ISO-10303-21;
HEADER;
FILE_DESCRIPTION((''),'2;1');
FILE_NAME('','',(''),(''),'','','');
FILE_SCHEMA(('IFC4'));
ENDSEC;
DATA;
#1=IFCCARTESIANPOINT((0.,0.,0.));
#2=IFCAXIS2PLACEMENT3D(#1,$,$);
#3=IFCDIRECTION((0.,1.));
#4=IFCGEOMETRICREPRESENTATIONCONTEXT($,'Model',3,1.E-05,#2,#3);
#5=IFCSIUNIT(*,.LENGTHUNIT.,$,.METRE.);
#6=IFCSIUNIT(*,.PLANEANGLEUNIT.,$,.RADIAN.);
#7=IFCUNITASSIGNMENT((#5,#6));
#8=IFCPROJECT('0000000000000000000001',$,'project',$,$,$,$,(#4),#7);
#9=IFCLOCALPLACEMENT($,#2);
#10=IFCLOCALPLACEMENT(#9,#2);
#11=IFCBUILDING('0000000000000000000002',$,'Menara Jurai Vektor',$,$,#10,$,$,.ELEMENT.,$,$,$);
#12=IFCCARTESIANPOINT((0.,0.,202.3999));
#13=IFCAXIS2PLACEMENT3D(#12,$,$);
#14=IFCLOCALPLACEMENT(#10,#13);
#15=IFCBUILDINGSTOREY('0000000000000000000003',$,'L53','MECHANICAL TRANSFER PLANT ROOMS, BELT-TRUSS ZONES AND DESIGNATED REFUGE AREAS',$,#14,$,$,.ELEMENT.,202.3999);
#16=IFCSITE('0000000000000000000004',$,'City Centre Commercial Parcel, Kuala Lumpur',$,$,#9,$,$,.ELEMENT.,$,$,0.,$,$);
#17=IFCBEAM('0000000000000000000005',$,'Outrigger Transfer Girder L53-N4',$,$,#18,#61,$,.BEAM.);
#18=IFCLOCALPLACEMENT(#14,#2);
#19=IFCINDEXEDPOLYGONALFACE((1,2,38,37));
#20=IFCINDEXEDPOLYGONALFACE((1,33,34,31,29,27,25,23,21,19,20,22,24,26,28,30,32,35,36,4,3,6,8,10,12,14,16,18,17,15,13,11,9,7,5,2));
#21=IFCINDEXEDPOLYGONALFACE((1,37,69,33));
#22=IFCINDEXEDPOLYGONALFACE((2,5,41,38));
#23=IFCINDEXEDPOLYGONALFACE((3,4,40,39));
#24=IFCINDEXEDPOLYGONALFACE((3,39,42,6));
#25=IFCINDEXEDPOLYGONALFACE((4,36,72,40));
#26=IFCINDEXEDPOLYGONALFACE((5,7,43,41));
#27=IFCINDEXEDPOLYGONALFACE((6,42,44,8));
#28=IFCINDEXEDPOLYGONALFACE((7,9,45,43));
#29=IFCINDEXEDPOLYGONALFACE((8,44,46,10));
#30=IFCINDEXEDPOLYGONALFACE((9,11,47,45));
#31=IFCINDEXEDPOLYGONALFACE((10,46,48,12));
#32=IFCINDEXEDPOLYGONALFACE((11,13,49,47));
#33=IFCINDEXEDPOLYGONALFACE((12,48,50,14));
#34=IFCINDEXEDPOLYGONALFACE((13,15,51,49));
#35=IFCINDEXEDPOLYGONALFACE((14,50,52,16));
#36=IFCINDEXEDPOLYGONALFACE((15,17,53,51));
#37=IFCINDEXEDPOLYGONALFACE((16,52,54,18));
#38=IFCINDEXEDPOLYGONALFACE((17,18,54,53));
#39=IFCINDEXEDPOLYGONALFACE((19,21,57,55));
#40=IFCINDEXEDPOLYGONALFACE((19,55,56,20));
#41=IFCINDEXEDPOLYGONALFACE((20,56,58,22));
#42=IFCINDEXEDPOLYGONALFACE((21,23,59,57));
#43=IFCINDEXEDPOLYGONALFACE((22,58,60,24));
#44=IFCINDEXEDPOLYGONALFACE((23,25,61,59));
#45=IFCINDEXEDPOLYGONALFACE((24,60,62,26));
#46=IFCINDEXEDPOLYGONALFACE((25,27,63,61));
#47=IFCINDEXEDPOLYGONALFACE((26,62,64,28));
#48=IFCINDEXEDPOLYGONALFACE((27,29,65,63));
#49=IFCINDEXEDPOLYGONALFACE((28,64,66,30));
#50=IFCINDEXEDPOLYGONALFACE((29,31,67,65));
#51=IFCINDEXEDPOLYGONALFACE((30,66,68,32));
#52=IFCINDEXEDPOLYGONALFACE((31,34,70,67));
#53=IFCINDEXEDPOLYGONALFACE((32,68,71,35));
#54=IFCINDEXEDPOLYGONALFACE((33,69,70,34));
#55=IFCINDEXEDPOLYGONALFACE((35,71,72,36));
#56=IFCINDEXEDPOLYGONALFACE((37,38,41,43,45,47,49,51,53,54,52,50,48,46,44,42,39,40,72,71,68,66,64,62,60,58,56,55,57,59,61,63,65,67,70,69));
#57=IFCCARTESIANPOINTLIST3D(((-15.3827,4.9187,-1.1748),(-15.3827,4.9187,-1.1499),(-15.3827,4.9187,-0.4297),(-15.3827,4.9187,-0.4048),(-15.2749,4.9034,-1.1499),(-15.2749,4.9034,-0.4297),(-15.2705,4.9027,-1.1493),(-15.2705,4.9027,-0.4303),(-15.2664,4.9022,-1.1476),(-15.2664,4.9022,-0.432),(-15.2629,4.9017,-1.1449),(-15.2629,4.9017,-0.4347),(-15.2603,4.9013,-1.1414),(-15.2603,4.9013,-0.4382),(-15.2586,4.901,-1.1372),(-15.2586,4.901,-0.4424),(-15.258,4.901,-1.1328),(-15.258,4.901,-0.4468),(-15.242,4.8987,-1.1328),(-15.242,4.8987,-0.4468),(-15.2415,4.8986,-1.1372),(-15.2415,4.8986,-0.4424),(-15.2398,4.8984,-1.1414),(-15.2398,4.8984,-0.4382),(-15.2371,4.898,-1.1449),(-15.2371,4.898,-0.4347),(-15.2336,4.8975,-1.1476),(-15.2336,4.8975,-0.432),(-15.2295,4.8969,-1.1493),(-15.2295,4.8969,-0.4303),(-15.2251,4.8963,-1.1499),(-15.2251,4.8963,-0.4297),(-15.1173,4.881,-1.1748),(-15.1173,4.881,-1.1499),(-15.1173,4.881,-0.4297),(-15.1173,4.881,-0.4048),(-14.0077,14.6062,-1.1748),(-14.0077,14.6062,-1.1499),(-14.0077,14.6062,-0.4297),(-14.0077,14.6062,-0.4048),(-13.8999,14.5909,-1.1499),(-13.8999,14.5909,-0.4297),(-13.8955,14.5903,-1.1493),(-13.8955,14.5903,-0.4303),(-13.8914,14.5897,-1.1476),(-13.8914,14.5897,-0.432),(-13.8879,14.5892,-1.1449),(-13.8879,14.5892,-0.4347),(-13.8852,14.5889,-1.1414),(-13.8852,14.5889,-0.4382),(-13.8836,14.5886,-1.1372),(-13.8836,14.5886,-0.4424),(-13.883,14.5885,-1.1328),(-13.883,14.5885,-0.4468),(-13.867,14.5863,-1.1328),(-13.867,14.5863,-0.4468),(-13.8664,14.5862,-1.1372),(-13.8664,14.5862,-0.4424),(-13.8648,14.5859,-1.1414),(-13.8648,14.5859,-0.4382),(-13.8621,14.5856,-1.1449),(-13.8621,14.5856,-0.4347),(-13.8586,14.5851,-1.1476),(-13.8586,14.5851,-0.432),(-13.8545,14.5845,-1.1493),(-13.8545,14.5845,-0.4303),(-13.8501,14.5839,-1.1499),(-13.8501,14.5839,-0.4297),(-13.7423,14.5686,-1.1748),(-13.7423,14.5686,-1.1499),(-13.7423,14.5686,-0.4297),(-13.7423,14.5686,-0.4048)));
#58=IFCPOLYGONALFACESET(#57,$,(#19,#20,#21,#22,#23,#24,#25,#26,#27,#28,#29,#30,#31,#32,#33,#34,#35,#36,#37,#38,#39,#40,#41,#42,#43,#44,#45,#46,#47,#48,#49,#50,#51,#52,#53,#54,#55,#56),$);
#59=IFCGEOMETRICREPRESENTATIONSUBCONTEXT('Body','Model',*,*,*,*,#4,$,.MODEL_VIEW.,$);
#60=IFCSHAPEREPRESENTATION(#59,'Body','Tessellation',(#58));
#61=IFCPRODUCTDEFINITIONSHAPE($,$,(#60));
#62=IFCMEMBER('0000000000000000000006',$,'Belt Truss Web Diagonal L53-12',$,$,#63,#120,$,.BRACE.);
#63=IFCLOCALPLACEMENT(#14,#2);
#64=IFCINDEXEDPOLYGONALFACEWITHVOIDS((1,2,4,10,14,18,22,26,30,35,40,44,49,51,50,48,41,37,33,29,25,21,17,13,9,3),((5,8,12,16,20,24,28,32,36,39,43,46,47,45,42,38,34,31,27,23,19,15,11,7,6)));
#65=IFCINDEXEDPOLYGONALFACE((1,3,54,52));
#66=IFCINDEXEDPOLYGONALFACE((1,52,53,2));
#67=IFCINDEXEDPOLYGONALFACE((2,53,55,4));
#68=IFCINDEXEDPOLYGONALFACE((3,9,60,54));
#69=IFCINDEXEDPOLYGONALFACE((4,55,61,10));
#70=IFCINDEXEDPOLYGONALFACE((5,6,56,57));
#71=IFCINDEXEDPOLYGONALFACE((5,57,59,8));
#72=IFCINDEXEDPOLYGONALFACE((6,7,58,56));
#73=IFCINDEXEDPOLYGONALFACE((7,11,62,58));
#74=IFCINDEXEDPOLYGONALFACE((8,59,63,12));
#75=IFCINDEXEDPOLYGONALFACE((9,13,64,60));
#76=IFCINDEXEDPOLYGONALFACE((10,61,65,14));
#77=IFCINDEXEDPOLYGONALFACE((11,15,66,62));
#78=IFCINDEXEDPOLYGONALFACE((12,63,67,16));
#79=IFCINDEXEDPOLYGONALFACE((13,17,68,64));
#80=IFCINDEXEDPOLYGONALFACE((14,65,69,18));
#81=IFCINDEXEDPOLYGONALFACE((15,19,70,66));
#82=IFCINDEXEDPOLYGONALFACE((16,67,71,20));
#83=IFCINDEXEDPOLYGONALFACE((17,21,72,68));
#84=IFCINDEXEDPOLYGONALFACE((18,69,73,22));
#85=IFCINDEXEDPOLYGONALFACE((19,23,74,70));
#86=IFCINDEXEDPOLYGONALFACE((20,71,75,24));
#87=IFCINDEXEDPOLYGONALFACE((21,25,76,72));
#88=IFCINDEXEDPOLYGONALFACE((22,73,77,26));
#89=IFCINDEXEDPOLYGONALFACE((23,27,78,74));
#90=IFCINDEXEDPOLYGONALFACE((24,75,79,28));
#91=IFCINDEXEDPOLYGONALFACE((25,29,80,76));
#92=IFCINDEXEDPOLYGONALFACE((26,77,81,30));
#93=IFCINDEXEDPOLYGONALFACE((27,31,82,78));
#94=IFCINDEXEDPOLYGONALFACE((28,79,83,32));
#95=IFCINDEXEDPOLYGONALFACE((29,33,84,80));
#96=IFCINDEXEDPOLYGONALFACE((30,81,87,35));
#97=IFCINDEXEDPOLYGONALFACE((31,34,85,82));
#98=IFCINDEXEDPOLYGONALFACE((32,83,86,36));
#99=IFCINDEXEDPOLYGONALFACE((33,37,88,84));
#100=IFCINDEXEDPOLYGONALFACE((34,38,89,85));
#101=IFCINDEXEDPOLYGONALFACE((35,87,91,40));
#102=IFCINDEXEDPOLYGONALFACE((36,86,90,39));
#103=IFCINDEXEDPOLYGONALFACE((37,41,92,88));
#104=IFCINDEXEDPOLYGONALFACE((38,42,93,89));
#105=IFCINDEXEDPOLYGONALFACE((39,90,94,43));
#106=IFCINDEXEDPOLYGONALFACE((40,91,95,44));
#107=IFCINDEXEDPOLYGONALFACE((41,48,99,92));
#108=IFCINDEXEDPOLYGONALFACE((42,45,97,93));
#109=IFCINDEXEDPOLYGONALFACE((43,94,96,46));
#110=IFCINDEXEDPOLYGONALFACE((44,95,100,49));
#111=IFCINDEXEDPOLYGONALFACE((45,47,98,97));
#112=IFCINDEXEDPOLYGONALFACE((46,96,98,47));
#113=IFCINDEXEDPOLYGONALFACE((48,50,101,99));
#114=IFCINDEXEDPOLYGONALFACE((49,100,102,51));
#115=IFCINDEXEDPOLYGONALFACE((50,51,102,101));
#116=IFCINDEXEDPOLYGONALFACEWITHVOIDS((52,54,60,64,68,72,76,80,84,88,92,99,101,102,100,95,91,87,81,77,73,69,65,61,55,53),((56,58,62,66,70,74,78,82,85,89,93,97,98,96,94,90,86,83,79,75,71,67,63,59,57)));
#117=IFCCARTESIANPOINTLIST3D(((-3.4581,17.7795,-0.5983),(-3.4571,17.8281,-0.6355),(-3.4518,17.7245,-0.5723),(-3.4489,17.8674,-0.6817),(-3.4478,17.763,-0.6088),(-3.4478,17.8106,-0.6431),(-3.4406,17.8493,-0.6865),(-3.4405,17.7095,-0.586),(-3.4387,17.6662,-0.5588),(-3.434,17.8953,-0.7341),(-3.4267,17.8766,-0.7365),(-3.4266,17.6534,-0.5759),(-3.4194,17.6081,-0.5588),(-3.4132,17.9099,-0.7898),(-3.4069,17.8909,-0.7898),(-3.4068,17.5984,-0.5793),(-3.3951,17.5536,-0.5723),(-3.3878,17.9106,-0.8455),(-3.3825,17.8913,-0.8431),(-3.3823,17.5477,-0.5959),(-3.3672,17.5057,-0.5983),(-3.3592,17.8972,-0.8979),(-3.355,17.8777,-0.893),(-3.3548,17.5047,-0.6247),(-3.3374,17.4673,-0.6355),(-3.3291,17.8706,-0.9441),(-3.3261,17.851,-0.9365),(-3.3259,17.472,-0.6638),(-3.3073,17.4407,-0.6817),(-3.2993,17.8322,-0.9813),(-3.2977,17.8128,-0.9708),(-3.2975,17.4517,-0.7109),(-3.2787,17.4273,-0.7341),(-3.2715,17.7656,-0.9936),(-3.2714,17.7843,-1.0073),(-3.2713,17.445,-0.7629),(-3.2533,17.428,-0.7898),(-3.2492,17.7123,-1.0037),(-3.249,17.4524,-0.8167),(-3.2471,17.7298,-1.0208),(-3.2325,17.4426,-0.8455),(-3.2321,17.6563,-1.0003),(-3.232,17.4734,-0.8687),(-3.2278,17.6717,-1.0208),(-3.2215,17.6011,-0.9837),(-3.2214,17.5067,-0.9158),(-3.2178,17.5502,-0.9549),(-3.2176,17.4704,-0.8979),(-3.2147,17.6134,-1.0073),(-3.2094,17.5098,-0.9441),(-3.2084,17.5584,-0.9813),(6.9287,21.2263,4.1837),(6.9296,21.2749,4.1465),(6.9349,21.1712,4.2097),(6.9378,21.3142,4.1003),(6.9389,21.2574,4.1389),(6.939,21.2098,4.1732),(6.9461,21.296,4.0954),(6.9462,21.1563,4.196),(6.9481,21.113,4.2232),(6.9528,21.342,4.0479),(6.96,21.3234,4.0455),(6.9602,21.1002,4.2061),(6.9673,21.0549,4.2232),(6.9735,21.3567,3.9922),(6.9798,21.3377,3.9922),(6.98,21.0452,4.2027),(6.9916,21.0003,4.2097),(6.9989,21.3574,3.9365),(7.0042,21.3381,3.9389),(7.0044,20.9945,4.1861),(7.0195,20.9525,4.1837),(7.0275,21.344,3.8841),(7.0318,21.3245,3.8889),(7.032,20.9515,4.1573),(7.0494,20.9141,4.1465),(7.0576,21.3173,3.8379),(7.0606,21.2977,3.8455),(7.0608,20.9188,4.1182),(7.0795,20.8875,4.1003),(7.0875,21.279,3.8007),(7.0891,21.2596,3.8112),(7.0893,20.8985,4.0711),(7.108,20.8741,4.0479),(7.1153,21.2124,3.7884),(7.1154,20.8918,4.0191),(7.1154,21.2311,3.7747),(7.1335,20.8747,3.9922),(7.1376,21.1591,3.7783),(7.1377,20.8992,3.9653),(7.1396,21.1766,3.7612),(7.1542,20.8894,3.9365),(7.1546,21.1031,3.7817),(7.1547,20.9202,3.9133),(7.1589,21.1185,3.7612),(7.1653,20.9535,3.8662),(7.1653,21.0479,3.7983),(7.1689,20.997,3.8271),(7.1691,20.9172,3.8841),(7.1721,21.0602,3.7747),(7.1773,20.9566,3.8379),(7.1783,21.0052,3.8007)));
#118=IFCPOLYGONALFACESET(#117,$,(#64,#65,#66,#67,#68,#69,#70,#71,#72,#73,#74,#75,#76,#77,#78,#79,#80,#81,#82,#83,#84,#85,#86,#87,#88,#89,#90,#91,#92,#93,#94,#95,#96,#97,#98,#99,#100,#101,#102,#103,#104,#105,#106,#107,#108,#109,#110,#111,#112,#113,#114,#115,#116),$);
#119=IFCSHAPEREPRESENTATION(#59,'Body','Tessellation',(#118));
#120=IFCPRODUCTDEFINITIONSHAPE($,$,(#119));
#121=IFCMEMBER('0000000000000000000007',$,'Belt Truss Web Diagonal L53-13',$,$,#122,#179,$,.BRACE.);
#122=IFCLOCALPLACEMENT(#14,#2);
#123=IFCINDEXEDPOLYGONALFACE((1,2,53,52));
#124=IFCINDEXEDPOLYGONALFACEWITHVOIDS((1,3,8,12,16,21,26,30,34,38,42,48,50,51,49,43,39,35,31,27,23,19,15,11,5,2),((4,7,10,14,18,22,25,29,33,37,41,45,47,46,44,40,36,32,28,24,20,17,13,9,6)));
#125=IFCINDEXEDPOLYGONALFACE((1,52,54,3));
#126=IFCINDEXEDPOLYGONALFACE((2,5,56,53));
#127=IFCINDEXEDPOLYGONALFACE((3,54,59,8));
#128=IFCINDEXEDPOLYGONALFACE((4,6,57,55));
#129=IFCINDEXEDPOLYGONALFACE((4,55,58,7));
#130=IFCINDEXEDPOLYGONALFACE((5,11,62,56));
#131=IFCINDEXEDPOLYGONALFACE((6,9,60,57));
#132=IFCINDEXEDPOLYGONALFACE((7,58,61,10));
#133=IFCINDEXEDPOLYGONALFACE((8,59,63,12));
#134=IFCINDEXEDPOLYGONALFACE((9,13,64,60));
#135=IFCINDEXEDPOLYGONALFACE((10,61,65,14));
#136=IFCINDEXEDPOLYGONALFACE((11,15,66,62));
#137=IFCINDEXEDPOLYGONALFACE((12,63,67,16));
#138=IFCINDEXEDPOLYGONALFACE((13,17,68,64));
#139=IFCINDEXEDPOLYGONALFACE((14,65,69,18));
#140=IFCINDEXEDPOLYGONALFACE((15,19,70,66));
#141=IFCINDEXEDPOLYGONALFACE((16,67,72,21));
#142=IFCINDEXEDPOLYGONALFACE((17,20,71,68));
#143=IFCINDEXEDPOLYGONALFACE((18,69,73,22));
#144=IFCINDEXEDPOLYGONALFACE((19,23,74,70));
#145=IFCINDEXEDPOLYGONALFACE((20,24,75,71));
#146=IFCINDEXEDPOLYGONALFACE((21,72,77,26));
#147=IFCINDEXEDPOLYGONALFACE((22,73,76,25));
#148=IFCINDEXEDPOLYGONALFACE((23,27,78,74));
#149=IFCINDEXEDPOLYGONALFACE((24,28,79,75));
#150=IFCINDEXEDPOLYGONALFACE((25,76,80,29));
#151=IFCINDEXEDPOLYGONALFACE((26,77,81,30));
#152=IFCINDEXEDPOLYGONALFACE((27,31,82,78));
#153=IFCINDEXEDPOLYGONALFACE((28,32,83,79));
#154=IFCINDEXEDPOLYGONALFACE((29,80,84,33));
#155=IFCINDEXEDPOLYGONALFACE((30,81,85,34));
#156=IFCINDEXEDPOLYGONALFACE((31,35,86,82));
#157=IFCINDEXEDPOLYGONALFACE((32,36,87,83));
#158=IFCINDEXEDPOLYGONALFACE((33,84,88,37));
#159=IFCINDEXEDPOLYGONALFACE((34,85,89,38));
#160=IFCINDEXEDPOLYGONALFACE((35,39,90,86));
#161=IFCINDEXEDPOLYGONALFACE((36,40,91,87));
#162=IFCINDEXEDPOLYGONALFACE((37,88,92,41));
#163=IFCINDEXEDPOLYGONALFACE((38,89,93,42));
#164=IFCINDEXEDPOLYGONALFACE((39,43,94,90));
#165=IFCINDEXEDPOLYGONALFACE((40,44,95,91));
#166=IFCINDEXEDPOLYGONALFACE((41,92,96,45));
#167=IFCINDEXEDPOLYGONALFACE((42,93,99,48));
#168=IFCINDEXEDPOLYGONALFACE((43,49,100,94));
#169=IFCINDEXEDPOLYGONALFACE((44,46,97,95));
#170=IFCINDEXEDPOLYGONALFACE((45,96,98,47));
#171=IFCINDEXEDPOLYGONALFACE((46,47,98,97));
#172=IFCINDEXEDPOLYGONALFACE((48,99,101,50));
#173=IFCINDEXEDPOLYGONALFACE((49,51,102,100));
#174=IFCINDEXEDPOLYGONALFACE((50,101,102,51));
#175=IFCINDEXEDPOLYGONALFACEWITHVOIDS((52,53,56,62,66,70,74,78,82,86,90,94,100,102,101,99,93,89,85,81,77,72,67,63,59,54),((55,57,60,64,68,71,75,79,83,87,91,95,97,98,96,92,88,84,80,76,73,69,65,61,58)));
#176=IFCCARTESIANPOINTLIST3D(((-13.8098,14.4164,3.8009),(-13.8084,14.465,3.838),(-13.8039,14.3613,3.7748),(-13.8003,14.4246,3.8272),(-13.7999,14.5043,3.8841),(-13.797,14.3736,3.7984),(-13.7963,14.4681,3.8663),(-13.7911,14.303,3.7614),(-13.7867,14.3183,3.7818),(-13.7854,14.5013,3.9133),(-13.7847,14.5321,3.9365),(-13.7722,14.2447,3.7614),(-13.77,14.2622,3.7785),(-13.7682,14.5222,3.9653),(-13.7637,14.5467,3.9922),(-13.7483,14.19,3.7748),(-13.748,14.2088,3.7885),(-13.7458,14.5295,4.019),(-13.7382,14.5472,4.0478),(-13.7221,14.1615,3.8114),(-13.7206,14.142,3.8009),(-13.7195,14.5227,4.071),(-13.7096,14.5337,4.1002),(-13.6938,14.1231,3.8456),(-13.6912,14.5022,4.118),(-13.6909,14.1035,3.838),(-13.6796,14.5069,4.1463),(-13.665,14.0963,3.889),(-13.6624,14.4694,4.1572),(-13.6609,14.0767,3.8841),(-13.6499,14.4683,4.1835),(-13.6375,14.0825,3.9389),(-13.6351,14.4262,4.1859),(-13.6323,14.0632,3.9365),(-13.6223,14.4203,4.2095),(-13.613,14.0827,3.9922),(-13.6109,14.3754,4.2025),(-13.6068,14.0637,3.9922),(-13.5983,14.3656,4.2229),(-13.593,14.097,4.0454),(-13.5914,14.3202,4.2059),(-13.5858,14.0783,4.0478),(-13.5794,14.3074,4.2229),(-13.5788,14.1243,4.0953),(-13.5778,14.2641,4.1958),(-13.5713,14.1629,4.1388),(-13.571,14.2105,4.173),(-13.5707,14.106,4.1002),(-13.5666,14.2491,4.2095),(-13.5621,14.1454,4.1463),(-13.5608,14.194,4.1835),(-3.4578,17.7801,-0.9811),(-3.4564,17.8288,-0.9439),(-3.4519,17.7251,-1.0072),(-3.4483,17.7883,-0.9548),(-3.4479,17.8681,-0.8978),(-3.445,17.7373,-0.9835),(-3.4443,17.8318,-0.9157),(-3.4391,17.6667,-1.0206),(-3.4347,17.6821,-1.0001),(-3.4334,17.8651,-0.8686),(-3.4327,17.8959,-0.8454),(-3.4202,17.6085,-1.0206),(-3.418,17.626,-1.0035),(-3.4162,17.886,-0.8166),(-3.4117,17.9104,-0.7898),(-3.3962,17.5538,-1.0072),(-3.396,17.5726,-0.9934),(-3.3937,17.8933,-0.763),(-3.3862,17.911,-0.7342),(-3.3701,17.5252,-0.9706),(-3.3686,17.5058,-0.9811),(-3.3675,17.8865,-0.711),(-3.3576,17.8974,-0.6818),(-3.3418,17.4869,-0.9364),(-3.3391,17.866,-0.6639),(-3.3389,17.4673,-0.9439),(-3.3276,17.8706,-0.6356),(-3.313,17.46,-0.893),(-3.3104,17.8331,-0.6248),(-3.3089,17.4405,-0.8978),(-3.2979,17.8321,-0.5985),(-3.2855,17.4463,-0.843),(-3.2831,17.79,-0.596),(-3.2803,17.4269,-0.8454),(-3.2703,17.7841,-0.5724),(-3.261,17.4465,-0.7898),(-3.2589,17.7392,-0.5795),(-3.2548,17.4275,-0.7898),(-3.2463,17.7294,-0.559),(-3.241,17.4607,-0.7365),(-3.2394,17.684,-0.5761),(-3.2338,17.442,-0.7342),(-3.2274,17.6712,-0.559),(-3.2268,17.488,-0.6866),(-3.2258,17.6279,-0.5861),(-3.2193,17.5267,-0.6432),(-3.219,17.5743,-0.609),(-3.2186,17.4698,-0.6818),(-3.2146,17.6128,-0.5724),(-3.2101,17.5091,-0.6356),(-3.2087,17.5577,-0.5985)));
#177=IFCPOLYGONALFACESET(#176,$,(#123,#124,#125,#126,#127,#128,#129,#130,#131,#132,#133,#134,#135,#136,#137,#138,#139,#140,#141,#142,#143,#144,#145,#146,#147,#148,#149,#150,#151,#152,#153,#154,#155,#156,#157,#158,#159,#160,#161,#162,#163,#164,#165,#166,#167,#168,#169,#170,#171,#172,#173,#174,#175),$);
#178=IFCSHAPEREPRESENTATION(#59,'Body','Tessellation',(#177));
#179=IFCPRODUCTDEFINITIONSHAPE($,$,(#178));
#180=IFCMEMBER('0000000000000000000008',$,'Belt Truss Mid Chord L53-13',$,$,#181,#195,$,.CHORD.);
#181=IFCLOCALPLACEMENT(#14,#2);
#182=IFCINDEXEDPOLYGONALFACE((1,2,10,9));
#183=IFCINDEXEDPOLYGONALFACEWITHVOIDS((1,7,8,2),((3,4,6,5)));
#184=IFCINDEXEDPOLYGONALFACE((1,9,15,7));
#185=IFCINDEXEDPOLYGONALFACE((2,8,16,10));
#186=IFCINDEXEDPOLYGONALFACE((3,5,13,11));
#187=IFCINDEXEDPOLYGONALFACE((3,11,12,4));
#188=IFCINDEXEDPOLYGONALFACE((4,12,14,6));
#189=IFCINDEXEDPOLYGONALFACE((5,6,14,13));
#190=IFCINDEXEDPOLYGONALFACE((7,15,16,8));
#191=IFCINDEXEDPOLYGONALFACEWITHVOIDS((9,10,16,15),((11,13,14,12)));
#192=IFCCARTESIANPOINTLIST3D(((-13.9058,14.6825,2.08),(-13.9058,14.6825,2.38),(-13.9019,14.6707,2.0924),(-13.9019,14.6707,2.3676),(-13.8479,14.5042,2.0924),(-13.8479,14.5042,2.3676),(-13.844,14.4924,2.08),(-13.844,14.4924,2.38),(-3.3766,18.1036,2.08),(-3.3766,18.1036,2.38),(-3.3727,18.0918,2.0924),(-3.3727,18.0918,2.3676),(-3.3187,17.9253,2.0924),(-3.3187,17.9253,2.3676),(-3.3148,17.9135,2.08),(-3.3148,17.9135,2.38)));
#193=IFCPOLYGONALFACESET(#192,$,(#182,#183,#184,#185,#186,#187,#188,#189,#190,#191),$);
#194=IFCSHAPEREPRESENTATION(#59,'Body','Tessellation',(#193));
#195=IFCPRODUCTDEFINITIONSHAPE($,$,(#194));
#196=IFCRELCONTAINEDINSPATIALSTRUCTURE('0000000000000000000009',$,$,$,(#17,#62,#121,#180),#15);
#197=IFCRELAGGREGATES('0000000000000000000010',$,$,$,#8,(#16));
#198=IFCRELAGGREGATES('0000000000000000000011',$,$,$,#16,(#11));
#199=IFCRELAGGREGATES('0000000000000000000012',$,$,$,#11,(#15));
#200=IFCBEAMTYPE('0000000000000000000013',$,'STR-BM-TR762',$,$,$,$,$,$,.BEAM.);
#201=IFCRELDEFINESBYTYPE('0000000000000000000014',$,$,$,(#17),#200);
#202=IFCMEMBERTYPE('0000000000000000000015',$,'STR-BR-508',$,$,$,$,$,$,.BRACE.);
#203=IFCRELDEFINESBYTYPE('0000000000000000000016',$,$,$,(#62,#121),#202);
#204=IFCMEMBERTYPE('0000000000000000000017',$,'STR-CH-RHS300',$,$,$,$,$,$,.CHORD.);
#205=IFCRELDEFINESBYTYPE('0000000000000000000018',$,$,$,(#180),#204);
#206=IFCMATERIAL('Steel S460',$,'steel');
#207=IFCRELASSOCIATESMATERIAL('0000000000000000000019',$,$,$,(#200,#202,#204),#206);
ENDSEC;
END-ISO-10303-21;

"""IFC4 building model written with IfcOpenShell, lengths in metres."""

from ifc_helpers import new_model, si_unit, direction, frame, origin, origin_2d, place, context, subcontext, project, spatial, hollow_rectangle, hollow_circle, i_section, extrude, material, material_profile, profile_set, type_object, element, save


model = new_model("IFC4")

# Units and contexts
model_context = context("Model", 3, precision=1e-05, world=origin(), true_north=direction((0.0, 1.0)))
body_context = subcontext(model_context, "Body", "Model", "MODEL_VIEW")
ifc_project = project(units=[si_unit("LENGTHUNIT", "METRE"), si_unit("PLANEANGLEUNIT", "RADIAN")], contexts=[model_context])

# Site, building, storey
site_placement = place(None, origin())
site = spatial("IfcSite", under=ifc_project, at=site_placement, Name="City Centre Commercial Parcel, Kuala Lumpur", CompositionType="ELEMENT", RefElevation=0.0)
building_placement = place(site_placement, origin())
building = spatial("IfcBuilding", under=site, at=building_placement, Name="Menara Jurai Vektor", CompositionType="ELEMENT")
storey_placement = place(building_placement, frame((0.0, 0.0, 202.3999)))
storey = spatial("IfcBuildingStorey", under=building, at=storey_placement, Name="L53", Description="MECHANICAL TRANSFER PLANT ROOMS, BELT-TRUSS ZONES AND DESIGNATED REFUGE AREAS", CompositionType="ELEMENT", Elevation=202.3999)

# Shared definitions
ifc_material_1 = material(Name="Steel S460", Category="steel")

# Beam
ifc_material_profile_1 = material_profile(ifc_material_1, i_section(OverallWidth=0.2681, OverallDepth=0.77, WebThickness=0.0161, FlangeThickness=0.0249, FilletRadius=0.0171, at=origin_2d()), Name="UKB 762x267x197")
ifc_profile_set_1 = profile_set([ifc_material_profile_1], Name="Steel S460")
beam_type_1 = type_object("IfcBeamType", Name="STR-BM-TR762", PredefinedType="BEAM", material=ifc_profile_set_1)
beam_1_placement = place(storey_placement, frame((-13.875, 14.5874, -0.7898), z_axis=(-0.140527, -0.990077, 0.0), x_axis=(0.990077, -0.140527, 0.0)))
element("IfcBeam", 1, at=beam_1_placement, inside=storey, type_object=beam_type_1, Name="Outrigger Transfer Girder L53-N4", PredefinedType="BEAM", context=body_context, shape_type="SweptSolid", body=[
    extrude(i_section(OverallWidth=0.2681, OverallDepth=0.77, WebThickness=0.0161, FlangeThickness=0.0249, FilletRadius=0.0171, at=origin_2d()), origin(), (0.0, 0.0, 1.0), 9.7847),
])

# Members
ifc_material_profile_2 = material_profile(ifc_material_1, hollow_circle(Radius=0.2539, WallThickness=0.02, at=origin_2d()), Name="CHS 508x20")
ifc_profile_set_2 = profile_set([ifc_material_profile_2], Name="Steel S460")
member_type_1 = type_object("IfcMemberType", Name="STR-BR-508", PredefinedType="BRACE", material=ifc_profile_set_2)
member_1_placement = place(storey_placement, frame((-3.3333, 17.6689, -0.7898), z_axis=(0.869702, 0.288606, 0.400406), x_axis=(-0.314956, 0.949106, 0.0)))
element("IfcMember", 2, at=member_1_placement, inside=storey, type_object=member_type_1, Name="Belt Truss Web Diagonal L53-12", PredefinedType="BRACE", context=body_context, shape_type="SweptSolid", body=[
    extrude(hollow_circle(Radius=0.2539, WallThickness=0.02, at=origin_2d()), origin(), (0.0, 0.0, 1.0), 11.9429),
])
member_2_placement = place(storey_placement, frame((-3.3333, 17.6689, -0.7898), z_axis=(-0.870728, -0.282932, 0.402221), x_axis=(0.309032, -0.951052, 0.0)))
element("IfcMember", 3, at=member_2_placement, inside=storey, type_object=member_type_1, Name="Belt Truss Web Diagonal L53-13", PredefinedType="BRACE", context=body_context, shape_type="SweptSolid", body=[
    extrude(hollow_circle(Radius=0.2539, WallThickness=0.02, at=origin_2d()), origin(), (0.0, 0.0, 1.0), 11.8889),
])
ifc_material_profile_3 = material_profile(ifc_material_1, hollow_rectangle(XDim=0.2, YDim=0.3, WallThickness=0.0125, at=origin_2d()), Name="RHS 300x200x12.5")
ifc_profile_set_3 = profile_set([ifc_material_profile_3], Name="Steel S460")
member_type_2 = type_object("IfcMemberType", Name="STR-CH-RHS300", PredefinedType="CHORD", material=ifc_profile_set_3)
member_3_placement = place(storey_placement, frame((-3.3457, 18.0085, 2.23), z_axis=(-0.951057, -0.309014, 0.0), x_axis=(0.309014, -0.951057, 0.0)))
element("IfcMember", 4, at=member_3_placement, inside=storey, type_object=member_type_2, Name="Belt Truss Mid Chord L53-13", PredefinedType="CHORD", context=body_context, shape_type="SweptSolid", body=[
    extrude(hollow_rectangle(XDim=0.2, YDim=0.3, WallThickness=0.0125, at=origin_2d()), origin(), (0.0, 0.0, 1.0), 11.071),
])

save(model, "model.ifc")
